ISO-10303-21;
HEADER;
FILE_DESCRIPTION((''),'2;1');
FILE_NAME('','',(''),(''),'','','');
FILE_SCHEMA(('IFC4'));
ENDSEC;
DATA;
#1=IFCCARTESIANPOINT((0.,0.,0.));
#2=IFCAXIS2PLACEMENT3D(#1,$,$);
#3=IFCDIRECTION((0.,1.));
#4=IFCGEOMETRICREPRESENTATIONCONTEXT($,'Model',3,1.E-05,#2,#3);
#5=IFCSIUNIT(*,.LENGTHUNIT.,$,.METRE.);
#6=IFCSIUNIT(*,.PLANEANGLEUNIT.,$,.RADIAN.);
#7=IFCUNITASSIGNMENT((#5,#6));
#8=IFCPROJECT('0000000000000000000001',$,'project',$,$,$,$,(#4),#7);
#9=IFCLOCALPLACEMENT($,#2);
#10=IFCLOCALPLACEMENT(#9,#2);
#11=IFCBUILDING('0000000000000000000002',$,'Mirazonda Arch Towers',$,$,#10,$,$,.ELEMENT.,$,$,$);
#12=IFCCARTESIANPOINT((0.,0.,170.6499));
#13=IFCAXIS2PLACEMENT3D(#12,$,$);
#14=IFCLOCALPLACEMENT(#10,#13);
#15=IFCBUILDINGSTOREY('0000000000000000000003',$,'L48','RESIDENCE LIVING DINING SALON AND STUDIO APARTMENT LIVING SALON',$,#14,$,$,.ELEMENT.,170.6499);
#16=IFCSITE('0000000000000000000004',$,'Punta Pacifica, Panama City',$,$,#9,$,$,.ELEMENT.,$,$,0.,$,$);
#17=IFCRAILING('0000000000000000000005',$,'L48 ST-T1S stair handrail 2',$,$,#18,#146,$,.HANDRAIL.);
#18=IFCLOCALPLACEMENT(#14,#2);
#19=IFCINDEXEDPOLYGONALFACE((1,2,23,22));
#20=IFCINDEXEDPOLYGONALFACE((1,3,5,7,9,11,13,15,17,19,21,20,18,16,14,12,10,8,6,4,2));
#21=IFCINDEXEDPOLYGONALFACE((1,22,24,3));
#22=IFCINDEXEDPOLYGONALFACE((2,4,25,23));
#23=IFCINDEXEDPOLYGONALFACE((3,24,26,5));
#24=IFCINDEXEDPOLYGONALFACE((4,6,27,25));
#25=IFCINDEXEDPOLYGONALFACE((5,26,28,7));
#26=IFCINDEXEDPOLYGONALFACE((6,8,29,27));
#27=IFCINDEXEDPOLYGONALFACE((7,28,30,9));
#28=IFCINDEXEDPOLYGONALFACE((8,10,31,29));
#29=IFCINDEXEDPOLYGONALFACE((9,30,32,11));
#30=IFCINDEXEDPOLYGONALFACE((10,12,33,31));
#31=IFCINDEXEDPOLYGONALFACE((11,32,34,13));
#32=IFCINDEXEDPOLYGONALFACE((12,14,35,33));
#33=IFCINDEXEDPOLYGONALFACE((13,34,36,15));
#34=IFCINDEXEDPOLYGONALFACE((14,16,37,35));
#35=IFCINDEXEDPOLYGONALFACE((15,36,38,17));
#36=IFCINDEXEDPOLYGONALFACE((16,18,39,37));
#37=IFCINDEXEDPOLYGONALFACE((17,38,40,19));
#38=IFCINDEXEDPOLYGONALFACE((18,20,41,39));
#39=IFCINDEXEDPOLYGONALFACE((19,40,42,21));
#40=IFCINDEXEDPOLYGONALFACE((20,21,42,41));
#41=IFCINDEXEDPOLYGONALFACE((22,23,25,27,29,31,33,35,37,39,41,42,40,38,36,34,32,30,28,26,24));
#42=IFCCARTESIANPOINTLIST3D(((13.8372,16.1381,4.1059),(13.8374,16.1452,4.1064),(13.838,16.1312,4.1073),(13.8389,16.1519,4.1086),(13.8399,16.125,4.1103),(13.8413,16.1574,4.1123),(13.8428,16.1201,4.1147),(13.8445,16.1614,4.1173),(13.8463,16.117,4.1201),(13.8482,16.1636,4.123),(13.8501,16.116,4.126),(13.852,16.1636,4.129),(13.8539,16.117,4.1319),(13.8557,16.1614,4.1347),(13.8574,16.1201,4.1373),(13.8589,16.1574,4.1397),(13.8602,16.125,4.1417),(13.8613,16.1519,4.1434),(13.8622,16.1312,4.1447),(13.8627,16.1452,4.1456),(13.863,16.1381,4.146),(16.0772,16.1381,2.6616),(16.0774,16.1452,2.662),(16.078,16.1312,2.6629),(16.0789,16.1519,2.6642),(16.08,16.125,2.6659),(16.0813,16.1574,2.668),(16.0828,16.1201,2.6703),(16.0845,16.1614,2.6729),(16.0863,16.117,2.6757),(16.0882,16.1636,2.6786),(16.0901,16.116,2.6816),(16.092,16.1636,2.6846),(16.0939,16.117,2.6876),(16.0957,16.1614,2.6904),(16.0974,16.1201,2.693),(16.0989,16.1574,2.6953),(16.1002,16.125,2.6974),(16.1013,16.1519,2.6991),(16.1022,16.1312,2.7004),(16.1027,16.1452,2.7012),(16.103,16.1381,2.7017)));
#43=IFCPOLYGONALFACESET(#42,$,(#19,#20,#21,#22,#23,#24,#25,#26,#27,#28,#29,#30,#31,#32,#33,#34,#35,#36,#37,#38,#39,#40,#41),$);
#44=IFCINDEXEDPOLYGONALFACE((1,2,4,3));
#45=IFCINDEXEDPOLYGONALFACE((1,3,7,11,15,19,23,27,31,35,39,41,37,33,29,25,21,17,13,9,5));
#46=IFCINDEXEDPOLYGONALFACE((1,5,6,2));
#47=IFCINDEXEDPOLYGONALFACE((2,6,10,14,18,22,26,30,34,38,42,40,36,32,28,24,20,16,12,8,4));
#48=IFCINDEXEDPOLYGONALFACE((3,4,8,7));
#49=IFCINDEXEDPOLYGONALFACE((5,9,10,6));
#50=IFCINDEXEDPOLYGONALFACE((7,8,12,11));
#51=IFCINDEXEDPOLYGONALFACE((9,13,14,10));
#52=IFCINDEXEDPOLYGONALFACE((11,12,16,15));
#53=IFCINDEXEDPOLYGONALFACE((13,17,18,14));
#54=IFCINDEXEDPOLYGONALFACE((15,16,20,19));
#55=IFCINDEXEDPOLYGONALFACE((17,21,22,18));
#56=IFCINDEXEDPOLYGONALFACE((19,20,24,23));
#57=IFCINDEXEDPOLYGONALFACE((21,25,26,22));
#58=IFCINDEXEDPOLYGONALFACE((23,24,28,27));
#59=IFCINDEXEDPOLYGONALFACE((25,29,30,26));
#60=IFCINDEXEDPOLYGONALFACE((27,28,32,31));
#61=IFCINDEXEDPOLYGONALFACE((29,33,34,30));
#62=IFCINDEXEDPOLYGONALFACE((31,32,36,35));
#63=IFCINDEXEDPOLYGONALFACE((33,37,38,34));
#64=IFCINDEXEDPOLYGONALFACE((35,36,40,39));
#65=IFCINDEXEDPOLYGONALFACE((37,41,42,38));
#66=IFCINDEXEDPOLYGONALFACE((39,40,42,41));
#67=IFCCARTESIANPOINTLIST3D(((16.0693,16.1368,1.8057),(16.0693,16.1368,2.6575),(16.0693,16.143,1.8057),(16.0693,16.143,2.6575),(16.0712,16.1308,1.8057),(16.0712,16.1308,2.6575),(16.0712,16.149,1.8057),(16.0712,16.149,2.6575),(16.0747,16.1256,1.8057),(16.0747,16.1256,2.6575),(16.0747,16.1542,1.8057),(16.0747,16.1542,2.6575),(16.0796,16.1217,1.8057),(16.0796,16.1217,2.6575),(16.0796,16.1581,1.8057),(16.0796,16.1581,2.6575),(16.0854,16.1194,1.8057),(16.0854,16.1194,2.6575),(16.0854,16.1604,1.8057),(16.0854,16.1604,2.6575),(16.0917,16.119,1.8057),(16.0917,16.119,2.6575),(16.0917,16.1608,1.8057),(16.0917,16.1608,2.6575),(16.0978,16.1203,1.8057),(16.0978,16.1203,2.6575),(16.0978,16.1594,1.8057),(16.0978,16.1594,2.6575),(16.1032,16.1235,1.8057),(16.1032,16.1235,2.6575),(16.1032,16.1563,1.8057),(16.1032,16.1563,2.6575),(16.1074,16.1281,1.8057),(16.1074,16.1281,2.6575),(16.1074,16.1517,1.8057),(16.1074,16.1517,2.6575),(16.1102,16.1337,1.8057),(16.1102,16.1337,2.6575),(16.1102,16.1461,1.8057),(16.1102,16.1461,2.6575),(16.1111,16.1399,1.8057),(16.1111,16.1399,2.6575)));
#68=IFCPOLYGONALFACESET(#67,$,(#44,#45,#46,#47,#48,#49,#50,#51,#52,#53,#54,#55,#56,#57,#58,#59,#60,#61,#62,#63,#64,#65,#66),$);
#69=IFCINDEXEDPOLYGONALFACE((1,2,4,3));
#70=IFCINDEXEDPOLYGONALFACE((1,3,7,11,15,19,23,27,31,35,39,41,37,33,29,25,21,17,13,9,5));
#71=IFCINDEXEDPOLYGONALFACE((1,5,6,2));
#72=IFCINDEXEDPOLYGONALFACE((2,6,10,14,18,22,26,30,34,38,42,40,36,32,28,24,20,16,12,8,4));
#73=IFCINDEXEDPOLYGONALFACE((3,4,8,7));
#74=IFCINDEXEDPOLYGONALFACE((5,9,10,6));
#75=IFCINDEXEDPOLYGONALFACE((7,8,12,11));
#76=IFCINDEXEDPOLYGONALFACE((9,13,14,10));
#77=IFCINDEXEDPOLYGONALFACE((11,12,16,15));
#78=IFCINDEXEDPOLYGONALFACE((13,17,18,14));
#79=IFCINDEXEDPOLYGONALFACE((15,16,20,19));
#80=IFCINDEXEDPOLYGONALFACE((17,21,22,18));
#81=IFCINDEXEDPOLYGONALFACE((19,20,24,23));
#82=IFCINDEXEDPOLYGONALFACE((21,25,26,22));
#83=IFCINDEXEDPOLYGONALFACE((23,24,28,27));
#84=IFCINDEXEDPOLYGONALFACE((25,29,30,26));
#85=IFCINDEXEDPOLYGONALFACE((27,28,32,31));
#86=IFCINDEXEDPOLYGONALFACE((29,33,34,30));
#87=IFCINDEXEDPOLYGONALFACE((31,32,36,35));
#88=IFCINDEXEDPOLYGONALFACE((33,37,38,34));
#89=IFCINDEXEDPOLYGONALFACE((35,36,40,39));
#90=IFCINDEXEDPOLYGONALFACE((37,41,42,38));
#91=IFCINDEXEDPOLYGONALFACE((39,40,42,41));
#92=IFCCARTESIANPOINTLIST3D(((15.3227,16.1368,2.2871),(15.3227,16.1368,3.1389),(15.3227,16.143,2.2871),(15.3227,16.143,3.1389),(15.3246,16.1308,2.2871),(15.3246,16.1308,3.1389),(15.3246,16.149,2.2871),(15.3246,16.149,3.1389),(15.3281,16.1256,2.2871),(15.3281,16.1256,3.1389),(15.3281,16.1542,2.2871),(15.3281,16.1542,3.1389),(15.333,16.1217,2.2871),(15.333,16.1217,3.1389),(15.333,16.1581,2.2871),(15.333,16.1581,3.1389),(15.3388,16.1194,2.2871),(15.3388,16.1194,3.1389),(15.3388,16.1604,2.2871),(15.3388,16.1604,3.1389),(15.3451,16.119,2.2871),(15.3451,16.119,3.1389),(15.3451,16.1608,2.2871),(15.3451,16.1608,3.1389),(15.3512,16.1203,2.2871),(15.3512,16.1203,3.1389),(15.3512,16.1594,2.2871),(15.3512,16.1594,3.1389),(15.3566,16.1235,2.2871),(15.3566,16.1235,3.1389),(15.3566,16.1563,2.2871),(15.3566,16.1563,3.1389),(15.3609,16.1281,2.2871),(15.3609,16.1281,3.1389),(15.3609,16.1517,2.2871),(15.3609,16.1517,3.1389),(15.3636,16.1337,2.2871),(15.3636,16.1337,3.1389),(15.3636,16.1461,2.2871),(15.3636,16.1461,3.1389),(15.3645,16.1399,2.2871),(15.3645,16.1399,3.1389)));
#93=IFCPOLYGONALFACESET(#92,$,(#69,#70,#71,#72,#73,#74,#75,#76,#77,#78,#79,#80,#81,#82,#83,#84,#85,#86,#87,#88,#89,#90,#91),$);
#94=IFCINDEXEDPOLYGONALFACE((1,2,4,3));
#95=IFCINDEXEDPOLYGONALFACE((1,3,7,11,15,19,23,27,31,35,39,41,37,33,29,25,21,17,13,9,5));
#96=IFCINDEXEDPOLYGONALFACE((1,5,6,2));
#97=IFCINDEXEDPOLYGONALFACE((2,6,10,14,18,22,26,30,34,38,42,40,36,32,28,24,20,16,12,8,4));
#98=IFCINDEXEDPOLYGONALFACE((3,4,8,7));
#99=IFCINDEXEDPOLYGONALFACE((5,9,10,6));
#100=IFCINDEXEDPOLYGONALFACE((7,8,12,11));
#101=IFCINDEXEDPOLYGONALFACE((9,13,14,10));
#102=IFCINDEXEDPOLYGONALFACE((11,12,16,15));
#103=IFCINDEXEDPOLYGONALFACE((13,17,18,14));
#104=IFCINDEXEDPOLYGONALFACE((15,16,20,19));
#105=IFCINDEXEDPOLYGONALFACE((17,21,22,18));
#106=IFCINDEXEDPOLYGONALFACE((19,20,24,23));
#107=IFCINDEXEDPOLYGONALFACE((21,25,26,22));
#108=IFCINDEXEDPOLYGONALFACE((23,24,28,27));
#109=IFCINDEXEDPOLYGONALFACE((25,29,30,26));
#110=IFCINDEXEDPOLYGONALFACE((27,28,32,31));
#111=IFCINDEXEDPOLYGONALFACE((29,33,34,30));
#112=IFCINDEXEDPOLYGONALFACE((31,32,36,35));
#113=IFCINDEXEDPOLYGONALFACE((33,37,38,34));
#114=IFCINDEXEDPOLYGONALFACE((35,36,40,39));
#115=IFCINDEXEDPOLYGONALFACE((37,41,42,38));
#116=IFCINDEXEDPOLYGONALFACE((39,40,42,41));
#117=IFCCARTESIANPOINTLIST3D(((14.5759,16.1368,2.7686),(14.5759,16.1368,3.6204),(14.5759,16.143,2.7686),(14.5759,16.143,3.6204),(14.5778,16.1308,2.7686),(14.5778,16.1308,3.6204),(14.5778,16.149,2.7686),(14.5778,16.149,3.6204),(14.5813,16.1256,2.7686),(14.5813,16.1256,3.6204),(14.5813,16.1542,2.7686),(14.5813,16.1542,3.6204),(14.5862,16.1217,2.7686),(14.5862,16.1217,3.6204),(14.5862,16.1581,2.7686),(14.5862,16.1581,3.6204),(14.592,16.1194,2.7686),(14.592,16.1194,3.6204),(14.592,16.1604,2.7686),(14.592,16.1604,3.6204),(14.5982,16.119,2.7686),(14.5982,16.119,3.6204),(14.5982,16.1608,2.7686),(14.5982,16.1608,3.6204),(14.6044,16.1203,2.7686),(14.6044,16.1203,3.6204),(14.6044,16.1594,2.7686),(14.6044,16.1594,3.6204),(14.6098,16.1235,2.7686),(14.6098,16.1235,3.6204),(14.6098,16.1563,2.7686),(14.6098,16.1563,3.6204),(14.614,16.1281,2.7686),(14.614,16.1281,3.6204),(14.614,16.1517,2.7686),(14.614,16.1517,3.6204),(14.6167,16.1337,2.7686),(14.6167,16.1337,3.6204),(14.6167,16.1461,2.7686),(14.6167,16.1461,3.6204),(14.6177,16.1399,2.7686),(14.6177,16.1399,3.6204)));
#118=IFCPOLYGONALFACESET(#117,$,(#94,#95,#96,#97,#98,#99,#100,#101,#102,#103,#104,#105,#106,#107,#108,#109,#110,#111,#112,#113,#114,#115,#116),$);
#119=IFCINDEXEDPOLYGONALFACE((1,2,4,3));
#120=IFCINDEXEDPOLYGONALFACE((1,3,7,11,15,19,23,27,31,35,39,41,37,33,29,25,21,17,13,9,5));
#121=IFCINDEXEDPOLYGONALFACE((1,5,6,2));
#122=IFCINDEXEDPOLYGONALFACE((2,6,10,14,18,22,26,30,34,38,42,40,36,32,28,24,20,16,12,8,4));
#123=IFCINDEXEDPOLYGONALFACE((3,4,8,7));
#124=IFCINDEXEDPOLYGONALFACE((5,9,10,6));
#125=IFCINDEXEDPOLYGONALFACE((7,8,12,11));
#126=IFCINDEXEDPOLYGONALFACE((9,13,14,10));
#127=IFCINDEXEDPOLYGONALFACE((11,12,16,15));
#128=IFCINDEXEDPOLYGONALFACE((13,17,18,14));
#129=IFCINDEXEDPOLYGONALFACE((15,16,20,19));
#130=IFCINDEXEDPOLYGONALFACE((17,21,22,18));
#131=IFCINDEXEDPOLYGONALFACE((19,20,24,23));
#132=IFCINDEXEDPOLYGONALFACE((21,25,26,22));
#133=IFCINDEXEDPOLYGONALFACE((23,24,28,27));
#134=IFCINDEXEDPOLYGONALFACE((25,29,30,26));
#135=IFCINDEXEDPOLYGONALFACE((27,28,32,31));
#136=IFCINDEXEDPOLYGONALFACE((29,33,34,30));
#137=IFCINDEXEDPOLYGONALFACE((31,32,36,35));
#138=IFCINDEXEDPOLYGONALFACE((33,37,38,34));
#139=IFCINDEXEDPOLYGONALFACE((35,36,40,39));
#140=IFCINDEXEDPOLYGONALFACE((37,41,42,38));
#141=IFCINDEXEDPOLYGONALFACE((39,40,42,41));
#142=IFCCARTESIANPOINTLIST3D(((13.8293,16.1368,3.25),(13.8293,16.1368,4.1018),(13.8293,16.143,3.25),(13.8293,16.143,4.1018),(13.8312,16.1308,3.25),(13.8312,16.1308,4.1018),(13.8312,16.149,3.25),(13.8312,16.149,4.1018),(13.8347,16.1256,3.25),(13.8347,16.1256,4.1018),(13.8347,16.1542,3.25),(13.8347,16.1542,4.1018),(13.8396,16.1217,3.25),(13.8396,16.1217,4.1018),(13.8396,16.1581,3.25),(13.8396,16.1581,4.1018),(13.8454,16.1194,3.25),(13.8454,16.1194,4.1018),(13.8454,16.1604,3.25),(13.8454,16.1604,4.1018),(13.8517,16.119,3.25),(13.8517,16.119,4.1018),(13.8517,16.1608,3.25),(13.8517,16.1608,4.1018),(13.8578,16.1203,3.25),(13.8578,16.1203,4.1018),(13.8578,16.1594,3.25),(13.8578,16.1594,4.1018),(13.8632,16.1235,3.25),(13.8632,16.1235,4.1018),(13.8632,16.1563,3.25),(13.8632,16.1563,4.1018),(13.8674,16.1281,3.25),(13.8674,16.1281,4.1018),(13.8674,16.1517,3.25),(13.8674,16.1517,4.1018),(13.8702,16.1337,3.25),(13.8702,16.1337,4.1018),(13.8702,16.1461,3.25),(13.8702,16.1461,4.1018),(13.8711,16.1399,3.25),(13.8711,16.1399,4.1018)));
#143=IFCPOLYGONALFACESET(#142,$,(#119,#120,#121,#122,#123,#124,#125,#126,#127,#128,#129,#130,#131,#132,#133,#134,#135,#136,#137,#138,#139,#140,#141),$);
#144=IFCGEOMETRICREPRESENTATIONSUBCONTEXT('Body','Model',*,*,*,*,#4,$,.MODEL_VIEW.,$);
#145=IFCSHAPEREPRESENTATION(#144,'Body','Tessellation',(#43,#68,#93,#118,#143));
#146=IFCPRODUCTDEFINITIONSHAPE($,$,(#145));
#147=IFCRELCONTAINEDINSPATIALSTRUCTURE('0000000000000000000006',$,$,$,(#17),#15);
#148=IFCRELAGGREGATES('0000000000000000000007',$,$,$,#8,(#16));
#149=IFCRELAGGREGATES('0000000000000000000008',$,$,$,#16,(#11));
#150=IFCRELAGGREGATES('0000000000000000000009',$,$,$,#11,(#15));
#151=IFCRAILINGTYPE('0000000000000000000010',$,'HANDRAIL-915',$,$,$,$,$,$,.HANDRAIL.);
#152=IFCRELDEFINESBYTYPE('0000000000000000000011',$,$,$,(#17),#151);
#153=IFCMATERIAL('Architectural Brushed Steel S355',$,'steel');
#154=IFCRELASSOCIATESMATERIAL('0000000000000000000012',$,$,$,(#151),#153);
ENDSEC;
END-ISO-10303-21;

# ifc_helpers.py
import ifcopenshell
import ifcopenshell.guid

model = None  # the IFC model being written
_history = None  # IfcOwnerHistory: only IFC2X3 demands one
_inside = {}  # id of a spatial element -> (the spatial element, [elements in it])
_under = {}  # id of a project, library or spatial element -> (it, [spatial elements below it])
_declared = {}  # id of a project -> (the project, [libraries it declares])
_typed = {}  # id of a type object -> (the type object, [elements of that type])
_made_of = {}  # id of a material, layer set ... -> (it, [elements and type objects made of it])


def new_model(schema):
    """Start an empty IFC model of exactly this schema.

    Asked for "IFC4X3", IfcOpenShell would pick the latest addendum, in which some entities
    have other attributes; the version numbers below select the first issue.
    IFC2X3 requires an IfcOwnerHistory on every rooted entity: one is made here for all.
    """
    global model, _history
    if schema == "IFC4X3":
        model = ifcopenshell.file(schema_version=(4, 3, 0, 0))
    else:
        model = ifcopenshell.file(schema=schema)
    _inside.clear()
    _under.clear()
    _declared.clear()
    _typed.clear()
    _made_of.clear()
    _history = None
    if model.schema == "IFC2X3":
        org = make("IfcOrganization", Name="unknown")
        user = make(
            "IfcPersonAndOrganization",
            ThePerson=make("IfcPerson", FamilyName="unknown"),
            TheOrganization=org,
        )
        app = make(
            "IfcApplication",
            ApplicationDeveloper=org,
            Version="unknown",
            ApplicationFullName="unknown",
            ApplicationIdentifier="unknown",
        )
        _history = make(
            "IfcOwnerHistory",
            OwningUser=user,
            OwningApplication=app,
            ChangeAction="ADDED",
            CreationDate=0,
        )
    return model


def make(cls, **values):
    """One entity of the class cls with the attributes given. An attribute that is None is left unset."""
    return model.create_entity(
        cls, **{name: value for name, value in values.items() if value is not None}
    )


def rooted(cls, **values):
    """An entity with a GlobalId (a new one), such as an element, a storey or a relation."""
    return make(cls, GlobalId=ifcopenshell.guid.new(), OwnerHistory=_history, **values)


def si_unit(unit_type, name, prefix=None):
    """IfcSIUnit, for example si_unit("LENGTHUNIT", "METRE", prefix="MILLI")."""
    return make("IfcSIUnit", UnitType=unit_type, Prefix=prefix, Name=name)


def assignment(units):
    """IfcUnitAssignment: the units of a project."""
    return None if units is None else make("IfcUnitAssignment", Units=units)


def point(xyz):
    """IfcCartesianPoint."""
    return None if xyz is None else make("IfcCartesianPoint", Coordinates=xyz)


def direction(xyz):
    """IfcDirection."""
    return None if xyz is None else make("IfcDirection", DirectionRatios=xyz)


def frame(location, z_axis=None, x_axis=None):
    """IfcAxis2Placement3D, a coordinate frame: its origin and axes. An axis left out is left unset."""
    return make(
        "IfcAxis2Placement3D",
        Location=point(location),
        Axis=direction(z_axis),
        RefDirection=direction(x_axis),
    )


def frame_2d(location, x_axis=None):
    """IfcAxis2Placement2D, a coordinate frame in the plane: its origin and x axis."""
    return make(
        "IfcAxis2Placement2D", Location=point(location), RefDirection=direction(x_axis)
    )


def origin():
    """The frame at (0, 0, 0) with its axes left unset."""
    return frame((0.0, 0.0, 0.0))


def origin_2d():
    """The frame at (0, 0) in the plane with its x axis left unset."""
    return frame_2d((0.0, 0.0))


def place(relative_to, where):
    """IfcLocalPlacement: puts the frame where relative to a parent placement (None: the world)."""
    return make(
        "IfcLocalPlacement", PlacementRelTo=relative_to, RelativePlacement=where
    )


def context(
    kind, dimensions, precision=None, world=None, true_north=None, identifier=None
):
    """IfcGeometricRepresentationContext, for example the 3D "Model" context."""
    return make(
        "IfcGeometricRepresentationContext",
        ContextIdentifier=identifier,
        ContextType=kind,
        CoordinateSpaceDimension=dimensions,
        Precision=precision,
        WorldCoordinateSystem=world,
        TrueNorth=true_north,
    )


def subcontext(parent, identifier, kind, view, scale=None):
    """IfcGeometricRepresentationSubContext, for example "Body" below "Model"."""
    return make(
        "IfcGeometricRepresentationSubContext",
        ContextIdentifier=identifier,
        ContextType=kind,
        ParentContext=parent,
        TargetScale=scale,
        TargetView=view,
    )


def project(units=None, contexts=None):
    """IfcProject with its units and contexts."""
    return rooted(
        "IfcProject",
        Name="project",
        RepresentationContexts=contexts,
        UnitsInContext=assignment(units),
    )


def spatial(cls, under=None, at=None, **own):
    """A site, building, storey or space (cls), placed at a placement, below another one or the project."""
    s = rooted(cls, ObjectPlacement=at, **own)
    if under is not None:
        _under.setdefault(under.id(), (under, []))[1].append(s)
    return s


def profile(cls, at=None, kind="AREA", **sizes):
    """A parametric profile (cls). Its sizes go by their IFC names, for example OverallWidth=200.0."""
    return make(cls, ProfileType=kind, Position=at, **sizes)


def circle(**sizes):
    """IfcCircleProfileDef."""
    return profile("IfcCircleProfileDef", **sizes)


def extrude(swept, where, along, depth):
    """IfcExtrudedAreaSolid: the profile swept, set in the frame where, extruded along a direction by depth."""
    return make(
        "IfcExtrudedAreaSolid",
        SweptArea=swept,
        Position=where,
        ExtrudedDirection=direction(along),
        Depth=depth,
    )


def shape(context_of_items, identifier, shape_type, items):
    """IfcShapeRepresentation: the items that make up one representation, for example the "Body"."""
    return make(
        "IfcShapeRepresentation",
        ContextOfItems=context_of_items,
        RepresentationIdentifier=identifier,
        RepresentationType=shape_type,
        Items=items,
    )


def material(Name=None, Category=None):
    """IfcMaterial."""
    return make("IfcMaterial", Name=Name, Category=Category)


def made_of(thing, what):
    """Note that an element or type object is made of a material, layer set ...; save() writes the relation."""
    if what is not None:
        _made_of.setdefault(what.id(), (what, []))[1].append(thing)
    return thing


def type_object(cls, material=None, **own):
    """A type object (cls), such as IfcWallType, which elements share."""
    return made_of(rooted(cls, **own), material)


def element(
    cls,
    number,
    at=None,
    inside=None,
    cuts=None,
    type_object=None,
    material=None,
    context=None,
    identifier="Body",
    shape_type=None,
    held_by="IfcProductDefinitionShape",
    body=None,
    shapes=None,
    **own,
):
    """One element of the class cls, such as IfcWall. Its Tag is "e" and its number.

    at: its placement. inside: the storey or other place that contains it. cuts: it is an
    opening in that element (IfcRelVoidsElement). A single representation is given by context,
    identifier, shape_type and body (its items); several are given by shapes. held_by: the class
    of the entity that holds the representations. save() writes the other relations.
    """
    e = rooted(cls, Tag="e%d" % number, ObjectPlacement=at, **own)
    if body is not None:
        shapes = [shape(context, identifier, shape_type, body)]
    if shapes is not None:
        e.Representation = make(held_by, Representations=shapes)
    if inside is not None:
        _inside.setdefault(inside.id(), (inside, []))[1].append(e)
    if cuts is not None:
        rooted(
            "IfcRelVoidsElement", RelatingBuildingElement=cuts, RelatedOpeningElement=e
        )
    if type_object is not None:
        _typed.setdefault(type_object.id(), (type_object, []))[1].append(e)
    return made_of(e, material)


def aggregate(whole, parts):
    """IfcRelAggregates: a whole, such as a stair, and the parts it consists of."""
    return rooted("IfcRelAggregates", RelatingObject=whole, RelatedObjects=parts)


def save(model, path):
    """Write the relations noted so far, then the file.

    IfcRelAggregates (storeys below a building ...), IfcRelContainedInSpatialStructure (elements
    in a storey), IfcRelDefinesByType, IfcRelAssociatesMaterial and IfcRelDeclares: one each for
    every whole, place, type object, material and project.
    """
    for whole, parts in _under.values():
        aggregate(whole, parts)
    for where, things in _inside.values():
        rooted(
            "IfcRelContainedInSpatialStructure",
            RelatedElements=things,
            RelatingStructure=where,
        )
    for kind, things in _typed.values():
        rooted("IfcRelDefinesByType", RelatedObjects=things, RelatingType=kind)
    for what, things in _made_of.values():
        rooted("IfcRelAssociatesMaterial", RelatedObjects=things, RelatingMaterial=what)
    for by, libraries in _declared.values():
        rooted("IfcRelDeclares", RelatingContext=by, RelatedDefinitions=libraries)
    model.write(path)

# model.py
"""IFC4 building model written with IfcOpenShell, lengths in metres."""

from ifc_helpers import new_model, si_unit, direction, frame, origin, origin_2d, place, context, subcontext, project, spatial, circle, extrude, material, type_object, element, save


model = new_model("IFC4")

# Units and contexts
model_context = context("Model", 3, precision=1e-05, world=origin(), true_north=direction((0.0, 1.0)))
body_context = subcontext(model_context, "Body", "Model", "MODEL_VIEW")
ifc_project = project(units=[si_unit("LENGTHUNIT", "METRE"), si_unit("PLANEANGLEUNIT", "RADIAN")], contexts=[model_context])

# Site, building, storey
site_placement = place(None, origin())
site = spatial("IfcSite", under=ifc_project, at=site_placement, Name="Punta Pacifica, Panama City", CompositionType="ELEMENT", RefElevation=0.0)
building_placement = place(site_placement, origin())
building = spatial("IfcBuilding", under=site, at=building_placement, Name="Mirazonda Arch Towers", CompositionType="ELEMENT")
storey_placement = place(building_placement, frame((0.0, 0.0, 170.6499)))
storey = spatial("IfcBuildingStorey", under=building, at=storey_placement, Name="L48", Description="RESIDENCE LIVING DINING SALON AND STUDIO APARTMENT LIVING SALON", CompositionType="ELEMENT", Elevation=170.6499)

# Shared definitions
ifc_material_1 = material(Name="Architectural Brushed Steel S355", Category="steel")

# Railing
railing_type_1 = type_object("IfcRailingType", Name="HANDRAIL-915", PredefinedType="HANDRAIL", material=ifc_material_1)
railing_1_placement = place(storey_placement, frame((16.0901, 16.1399, 1.8057)))
element("IfcRailing", 1, at=railing_1_placement, inside=storey, type_object=railing_type_1, Name="L48 ST-T1S stair handrail 2", PredefinedType="HANDRAIL", context=body_context, shape_type="SweptSolid", body=[
    extrude(circle(Radius=0.0239, at=origin_2d()), frame((0.0, 0.0, 0.876), z_axis=(-0.840437, 0.0, 0.54191), x_axis=(0.0, -1.0, 0.0)), (0.0, 0.0, 1.0), 2.6653),
    extrude(circle(Radius=0.021, at=origin_2d()), origin(), (0.0, 0.0, 1.0), 0.8518),
    extrude(circle(Radius=0.021, at=origin_2d()), frame((-0.7466, 0.0, 0.4814)), (0.0, 0.0, 1.0), 0.8518),
    extrude(circle(Radius=0.021, at=origin_2d()), frame((-1.4934, 0.0, 0.9629)), (0.0, 0.0, 1.0), 0.8518),
    extrude(circle(Radius=0.021, at=origin_2d()), frame((-2.24, 0.0, 1.4443)), (0.0, 0.0, 1.0), 0.8518),
])

save(model, "model.ifc")
